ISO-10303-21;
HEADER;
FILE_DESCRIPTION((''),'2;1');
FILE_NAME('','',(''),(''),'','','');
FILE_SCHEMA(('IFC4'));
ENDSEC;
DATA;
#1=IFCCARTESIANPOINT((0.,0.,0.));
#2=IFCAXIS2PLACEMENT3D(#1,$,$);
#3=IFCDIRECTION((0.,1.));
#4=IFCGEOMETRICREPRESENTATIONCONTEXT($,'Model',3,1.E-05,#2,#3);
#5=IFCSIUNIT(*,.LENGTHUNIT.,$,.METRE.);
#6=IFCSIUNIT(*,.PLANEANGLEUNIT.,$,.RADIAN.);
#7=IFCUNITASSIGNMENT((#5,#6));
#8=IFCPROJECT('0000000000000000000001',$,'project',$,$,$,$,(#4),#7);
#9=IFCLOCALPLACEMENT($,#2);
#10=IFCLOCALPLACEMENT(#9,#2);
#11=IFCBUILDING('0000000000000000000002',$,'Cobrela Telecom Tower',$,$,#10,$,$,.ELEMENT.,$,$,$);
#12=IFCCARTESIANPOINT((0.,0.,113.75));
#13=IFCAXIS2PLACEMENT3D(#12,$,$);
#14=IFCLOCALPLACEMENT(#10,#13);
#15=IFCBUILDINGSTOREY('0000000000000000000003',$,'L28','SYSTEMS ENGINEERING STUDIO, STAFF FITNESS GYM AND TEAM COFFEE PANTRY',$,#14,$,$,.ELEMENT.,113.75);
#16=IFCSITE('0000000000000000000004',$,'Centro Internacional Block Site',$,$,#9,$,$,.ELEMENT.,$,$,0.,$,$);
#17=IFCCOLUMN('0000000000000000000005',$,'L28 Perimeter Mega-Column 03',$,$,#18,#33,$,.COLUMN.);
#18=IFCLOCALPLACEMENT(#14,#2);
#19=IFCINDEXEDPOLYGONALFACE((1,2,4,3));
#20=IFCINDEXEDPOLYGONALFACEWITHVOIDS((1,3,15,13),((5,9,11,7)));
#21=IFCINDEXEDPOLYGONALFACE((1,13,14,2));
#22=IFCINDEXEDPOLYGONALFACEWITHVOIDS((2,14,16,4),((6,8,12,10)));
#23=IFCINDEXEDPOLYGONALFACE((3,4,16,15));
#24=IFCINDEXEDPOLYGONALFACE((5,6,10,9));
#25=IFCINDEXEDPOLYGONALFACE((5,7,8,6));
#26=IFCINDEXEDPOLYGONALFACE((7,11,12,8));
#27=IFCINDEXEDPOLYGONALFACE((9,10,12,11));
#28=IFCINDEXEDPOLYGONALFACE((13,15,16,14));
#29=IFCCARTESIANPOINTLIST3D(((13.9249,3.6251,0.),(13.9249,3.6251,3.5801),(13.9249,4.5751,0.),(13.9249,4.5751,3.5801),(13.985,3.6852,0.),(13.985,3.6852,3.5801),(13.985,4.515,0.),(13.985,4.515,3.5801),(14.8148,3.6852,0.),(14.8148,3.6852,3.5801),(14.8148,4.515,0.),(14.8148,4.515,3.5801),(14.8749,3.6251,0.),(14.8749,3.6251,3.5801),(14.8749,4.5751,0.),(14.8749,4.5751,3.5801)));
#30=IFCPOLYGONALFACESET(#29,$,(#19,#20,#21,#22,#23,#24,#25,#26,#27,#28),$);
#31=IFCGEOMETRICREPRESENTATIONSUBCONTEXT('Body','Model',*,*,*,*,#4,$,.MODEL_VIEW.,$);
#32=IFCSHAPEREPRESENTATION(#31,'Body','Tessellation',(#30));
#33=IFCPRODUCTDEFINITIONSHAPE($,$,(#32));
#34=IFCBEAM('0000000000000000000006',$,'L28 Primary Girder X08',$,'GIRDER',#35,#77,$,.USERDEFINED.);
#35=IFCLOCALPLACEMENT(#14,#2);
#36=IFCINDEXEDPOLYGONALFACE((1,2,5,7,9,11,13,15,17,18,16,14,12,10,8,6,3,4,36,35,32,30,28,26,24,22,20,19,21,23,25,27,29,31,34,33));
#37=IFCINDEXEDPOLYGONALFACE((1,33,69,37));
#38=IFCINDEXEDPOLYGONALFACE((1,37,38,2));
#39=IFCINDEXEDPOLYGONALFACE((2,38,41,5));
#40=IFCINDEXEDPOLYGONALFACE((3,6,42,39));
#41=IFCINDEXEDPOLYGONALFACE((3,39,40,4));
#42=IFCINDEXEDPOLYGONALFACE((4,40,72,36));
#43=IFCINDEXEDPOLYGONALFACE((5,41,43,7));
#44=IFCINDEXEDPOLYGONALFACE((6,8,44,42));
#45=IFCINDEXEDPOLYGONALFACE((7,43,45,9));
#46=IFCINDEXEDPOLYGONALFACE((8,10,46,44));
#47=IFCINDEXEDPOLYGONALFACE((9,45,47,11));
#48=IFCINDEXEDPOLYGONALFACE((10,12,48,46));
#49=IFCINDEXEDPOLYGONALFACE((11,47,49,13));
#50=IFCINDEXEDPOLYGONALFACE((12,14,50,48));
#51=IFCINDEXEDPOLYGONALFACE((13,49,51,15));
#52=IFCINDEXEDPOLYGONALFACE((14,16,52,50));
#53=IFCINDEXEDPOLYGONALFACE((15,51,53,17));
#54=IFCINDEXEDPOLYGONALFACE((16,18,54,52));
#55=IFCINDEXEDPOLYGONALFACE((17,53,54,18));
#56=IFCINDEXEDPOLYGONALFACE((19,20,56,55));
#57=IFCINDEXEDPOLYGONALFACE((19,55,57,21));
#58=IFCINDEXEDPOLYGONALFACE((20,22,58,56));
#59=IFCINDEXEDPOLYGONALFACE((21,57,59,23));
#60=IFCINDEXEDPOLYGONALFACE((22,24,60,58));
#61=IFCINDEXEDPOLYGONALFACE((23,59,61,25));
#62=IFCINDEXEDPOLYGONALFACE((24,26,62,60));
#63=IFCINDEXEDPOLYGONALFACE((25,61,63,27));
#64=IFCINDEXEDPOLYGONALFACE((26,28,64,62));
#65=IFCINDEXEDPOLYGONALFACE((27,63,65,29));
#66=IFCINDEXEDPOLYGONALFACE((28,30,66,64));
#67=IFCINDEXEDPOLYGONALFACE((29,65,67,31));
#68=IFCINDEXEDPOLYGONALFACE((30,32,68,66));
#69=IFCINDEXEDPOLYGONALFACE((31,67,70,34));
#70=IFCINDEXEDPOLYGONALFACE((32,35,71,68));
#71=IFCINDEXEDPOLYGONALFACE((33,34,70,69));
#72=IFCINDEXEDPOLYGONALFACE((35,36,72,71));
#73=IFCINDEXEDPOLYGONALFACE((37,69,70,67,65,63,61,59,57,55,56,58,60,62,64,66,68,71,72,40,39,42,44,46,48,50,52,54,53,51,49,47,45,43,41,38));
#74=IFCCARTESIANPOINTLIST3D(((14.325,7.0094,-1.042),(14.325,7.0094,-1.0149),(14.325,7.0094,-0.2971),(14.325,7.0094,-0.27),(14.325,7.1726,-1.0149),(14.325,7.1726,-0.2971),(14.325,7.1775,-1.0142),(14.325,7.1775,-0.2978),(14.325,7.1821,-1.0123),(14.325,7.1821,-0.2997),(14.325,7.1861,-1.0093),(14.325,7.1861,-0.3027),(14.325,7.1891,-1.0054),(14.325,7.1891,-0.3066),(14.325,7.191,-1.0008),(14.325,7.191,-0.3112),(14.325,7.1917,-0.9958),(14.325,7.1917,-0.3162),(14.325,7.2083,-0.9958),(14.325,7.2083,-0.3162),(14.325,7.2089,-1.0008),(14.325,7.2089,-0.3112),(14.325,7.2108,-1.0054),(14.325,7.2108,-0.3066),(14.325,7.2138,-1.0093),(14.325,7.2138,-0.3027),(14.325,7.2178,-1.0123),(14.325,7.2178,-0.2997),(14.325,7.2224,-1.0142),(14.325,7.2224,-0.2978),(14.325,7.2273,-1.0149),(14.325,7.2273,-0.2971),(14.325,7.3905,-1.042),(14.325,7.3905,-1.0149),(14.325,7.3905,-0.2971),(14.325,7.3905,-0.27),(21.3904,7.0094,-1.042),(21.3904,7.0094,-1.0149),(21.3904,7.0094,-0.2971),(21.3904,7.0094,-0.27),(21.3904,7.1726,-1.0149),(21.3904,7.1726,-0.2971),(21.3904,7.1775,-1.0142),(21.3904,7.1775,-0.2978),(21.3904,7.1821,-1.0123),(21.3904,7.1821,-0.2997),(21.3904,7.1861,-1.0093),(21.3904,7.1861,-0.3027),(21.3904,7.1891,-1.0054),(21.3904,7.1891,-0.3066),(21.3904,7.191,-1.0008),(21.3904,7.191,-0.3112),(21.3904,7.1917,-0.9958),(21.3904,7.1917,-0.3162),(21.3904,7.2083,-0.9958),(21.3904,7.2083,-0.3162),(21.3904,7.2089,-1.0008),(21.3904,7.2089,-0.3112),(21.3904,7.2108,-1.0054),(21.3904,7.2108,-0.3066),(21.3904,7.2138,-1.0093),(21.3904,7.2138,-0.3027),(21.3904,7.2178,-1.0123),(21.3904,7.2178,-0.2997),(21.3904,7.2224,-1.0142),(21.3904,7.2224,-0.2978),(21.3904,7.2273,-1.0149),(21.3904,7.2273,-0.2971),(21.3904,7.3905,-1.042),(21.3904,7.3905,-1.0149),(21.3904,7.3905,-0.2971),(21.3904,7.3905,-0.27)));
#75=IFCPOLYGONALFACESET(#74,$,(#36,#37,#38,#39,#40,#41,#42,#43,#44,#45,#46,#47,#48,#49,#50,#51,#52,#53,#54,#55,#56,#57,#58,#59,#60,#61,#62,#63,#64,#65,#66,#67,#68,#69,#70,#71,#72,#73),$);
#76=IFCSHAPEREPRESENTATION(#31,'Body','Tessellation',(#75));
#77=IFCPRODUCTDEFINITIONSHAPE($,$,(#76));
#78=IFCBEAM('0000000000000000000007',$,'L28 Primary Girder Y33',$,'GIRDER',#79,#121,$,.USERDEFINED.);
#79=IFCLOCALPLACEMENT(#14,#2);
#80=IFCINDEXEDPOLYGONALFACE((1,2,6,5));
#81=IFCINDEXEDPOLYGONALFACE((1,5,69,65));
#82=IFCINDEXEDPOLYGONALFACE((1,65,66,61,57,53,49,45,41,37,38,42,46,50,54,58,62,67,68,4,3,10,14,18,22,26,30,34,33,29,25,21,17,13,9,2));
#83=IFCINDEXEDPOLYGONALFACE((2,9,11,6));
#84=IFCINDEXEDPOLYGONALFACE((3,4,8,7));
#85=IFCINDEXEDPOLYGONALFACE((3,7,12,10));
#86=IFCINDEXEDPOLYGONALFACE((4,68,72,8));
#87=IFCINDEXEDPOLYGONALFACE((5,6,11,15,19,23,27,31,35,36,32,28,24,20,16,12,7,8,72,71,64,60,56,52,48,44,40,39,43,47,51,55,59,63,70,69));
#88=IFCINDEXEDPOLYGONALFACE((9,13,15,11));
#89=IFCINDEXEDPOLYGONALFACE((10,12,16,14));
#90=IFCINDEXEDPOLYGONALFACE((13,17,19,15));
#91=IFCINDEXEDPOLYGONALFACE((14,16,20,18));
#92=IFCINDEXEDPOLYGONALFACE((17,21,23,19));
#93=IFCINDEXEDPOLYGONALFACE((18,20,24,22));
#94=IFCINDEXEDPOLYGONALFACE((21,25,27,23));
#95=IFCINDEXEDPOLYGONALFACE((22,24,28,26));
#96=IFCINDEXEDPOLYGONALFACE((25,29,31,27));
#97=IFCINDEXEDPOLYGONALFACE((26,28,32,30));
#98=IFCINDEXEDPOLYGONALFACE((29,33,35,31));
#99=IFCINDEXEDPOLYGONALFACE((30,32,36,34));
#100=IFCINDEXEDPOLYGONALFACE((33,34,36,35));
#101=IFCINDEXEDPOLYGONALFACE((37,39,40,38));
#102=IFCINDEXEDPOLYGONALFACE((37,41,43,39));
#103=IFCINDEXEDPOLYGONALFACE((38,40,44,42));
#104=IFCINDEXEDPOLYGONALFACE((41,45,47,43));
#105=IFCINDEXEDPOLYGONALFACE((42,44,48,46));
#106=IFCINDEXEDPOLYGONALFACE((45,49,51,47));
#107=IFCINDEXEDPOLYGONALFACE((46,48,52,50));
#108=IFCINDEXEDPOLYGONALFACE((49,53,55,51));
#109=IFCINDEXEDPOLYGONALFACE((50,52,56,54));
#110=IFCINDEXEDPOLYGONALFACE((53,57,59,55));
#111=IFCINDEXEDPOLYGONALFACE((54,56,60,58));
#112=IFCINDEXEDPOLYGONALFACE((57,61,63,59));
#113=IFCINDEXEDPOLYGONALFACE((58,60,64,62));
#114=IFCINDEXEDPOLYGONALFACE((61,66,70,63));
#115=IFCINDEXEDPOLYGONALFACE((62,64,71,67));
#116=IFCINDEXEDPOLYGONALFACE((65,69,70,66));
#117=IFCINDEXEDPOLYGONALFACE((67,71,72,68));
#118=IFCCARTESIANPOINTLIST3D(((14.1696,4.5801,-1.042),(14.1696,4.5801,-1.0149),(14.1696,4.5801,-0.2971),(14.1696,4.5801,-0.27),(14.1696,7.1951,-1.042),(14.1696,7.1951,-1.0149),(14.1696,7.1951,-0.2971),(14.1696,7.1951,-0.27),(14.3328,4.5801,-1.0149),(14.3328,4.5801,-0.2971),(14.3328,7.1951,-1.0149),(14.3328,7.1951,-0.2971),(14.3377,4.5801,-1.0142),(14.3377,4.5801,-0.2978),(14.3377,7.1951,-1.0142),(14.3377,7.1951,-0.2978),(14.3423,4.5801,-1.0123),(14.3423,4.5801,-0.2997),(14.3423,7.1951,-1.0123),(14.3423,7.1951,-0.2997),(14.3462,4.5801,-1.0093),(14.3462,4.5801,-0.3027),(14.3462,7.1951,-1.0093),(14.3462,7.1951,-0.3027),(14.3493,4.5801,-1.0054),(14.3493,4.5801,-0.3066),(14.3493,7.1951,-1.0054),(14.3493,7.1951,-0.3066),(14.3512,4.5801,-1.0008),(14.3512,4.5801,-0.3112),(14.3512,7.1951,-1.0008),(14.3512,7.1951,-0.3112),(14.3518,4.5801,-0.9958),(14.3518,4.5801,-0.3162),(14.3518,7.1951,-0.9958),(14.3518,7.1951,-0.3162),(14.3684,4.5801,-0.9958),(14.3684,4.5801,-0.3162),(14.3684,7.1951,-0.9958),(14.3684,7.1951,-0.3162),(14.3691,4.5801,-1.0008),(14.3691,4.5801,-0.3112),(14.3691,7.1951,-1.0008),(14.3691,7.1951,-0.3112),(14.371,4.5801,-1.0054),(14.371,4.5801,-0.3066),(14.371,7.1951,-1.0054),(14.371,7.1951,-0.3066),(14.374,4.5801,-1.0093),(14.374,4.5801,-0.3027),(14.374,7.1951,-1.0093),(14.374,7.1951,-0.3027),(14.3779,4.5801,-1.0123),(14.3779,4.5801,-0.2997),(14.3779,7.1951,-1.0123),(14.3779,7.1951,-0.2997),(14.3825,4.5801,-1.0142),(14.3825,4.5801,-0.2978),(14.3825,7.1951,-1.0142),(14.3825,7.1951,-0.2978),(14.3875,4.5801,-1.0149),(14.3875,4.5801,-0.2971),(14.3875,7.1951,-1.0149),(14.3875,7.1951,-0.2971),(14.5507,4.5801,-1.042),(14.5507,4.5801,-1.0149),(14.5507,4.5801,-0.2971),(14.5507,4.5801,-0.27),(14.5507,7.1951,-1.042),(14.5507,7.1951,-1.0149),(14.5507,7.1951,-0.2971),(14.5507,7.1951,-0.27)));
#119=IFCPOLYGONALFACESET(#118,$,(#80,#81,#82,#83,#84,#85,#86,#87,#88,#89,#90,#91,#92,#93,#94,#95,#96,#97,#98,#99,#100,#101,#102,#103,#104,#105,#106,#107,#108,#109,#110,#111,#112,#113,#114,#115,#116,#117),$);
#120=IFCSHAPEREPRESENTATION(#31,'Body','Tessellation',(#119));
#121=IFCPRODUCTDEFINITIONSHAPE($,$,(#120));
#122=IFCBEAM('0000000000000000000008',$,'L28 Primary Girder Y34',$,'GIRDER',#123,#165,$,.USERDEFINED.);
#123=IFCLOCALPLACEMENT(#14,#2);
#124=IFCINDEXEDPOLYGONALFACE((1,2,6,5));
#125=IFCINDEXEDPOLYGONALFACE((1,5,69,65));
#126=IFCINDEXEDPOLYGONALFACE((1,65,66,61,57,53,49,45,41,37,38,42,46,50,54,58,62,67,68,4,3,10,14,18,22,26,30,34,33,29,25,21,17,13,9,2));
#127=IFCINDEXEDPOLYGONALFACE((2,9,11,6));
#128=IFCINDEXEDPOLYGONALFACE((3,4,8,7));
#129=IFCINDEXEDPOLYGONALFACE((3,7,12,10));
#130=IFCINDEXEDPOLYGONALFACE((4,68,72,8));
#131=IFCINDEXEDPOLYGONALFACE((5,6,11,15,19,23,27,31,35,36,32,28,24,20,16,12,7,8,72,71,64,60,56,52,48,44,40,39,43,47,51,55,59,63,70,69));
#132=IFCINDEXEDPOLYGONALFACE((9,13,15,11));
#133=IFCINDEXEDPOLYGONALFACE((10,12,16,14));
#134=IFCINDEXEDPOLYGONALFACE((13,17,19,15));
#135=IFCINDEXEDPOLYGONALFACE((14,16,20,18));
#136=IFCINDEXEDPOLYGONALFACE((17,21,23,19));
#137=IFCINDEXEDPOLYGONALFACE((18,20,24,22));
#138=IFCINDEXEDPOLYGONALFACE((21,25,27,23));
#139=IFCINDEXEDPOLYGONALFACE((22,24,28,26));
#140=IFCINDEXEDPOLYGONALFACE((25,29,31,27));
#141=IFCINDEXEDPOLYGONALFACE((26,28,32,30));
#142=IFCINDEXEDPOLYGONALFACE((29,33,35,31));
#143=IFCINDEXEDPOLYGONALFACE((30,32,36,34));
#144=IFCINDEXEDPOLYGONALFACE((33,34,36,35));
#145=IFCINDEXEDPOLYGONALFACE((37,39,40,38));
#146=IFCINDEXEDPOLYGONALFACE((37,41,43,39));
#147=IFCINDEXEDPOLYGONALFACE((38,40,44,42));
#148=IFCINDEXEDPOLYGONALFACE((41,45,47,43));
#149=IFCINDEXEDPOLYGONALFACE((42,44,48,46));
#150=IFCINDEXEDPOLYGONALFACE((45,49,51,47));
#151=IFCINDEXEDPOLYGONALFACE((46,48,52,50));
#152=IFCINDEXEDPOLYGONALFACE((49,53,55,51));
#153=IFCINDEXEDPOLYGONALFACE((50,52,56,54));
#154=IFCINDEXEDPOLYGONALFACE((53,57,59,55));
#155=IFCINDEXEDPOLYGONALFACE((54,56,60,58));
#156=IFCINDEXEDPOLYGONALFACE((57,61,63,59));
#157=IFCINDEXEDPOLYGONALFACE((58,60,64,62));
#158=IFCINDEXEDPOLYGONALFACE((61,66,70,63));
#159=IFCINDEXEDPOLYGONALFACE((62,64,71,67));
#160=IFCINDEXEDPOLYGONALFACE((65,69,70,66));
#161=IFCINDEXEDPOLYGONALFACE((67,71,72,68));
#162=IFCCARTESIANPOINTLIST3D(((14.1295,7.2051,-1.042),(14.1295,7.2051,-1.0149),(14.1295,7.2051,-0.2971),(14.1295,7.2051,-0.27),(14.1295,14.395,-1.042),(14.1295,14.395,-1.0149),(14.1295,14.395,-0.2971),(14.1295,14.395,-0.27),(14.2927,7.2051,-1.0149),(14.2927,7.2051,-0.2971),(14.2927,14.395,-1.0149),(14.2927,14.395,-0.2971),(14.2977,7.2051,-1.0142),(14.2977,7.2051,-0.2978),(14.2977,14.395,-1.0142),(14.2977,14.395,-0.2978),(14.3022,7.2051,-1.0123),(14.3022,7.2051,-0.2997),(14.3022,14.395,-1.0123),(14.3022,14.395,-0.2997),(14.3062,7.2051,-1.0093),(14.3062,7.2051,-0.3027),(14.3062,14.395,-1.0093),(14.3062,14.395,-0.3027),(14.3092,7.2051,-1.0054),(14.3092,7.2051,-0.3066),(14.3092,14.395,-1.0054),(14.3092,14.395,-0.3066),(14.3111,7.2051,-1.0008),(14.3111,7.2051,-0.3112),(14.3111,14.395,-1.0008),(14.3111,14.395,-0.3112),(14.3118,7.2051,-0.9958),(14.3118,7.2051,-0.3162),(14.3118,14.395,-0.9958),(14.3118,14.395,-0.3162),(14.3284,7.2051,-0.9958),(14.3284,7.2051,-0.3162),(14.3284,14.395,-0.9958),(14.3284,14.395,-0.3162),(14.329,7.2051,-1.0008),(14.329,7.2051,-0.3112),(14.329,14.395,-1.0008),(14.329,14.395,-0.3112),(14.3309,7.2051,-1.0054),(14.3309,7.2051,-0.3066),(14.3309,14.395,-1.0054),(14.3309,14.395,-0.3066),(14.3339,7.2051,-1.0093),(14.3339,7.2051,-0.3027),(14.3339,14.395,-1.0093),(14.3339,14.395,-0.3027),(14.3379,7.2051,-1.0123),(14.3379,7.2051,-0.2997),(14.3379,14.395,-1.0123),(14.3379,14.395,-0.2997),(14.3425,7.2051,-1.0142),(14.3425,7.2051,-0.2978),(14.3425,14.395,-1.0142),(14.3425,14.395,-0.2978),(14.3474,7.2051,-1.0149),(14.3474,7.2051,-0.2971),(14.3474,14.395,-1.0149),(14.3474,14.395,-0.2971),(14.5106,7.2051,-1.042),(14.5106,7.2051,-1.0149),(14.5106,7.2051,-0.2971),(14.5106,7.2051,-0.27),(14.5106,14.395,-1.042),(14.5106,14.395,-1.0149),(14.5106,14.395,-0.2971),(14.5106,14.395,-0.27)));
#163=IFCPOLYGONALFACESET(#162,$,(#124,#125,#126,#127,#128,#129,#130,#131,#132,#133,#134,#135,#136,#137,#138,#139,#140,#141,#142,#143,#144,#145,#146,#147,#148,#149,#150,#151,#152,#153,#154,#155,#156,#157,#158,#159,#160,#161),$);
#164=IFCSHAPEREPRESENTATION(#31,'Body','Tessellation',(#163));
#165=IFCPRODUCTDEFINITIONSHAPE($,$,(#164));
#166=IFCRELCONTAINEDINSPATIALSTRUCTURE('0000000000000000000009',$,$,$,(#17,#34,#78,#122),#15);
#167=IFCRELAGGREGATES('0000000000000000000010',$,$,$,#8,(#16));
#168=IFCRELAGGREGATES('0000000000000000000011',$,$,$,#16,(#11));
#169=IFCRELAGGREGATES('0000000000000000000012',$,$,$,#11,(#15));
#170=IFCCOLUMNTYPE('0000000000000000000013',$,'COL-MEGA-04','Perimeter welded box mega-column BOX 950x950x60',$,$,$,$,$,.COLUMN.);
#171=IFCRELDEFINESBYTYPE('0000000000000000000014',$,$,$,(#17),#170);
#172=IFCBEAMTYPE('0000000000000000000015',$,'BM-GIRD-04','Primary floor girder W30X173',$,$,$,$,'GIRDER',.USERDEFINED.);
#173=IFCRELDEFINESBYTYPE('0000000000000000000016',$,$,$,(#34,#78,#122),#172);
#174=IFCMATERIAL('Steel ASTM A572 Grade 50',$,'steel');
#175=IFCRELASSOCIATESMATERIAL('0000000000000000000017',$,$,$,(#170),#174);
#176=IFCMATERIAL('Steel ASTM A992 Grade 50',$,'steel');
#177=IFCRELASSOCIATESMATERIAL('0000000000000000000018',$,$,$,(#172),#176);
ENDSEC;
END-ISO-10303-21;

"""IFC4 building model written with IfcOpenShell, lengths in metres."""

from ifc_helpers import new_model, si_unit, direction, frame, origin, origin_2d, place, context, subcontext, project, spatial, hollow_rectangle, i_section, extrude, material, material_profile, profile_set, type_object, element, save


model = new_model("IFC4")

# Units and contexts
model_context = context("Model", 3, precision=1e-05, world=origin(), true_north=direction((0.0, 1.0)))
body_context = subcontext(model_context, "Body", "Model", "MODEL_VIEW")
ifc_project = project(units=[si_unit("LENGTHUNIT", "METRE"), si_unit("PLANEANGLEUNIT", "RADIAN")], contexts=[model_context])

# Site, building, storey
site_placement = place(None, origin())
site = spatial("IfcSite", under=ifc_project, at=site_placement, Name="Centro Internacional Block Site", CompositionType="ELEMENT", RefElevation=0.0)
building_placement = place(site_placement, origin())
building = spatial("IfcBuilding", under=site, at=building_placement, Name="Cobrela Telecom Tower", CompositionType="ELEMENT")
storey_placement = place(building_placement, frame((0.0, 0.0, 113.75)))
storey = spatial("IfcBuildingStorey", under=building, at=storey_placement, Name="L28", Description="SYSTEMS ENGINEERING STUDIO, STAFF FITNESS GYM AND TEAM COFFEE PANTRY", CompositionType="ELEMENT", Elevation=113.75)

# Column
ifc_material_1 = material(Name="Steel ASTM A572 Grade 50", Category="steel")
ifc_material_profile_1 = material_profile(ifc_material_1, hollow_rectangle(XDim=0.95, YDim=0.95, WallThickness=0.0601, at=origin_2d()), Name="BOX 950x950x60")
ifc_profile_set_1 = profile_set([ifc_material_profile_1], Name="Steel ASTM A572 Grade 50")
column_type = type_object("IfcColumnType", Name="COL-MEGA-04", Description="Perimeter welded box mega-column BOX 950x950x60", PredefinedType="COLUMN", material=ifc_profile_set_1)
column_placement = place(storey_placement, frame((14.3999, 4.1001, 0.0), z_axis=(0.0, 0.0, 1.0), x_axis=(1.0, 0.0, 0.0)))
element("IfcColumn", 1, at=column_placement, inside=storey, type_object=column_type, Name="L28 Perimeter Mega-Column 03", PredefinedType="COLUMN", context=body_context, shape_type="SweptSolid", body=[
    extrude(hollow_rectangle(XDim=0.95, YDim=0.95, WallThickness=0.0601, at=origin_2d()), origin(), (0.0, 0.0, 1.0), 3.5801),
])

# Beams
ifc_material_2 = material(Name="Steel ASTM A992 Grade 50", Category="steel")
ifc_material_profile_2 = material_profile(ifc_material_2, i_section(OverallWidth=0.3811, OverallDepth=0.772, WebThickness=0.0166, FlangeThickness=0.0271, FilletRadius=0.019, at=origin_2d()), Name="W30X173")
ifc_profile_set_2 = profile_set([ifc_material_profile_2], Name="Steel ASTM A992 Grade 50")
beam_type_1 = type_object("IfcBeamType", Name="BM-GIRD-04", Description="Primary floor girder W30X173", ElementType="GIRDER", PredefinedType="USERDEFINED", material=ifc_profile_set_2)
beam_1_placement = place(storey_placement, frame((14.325, 7.2, -0.656), z_axis=(1.0, 0.0, 0.0), x_axis=(0.0, 1.0, 0.0)))
element("IfcBeam", 2, at=beam_1_placement, inside=storey, type_object=beam_type_1, Name="L28 Primary Girder X08", ObjectType="GIRDER", PredefinedType="USERDEFINED", context=body_context, shape_type="SweptSolid", body=[
    extrude(i_section(OverallWidth=0.3811, OverallDepth=0.772, WebThickness=0.0166, FlangeThickness=0.0271, FilletRadius=0.019, at=origin_2d()), origin(), (0.0, 0.0, 1.0), 7.0654),
])
beam_2_placement = place(storey_placement, frame((14.3601, 4.5801, -0.656), z_axis=(0.0, 1.0, 0.0), x_axis=(-1.0, 0.0, 0.0)))
element("IfcBeam", 3, at=beam_2_placement, inside=storey, type_object=beam_type_1, Name="L28 Primary Girder Y33", ObjectType="GIRDER", PredefinedType="USERDEFINED", context=body_context, shape_type="SweptSolid", body=[
    extrude(i_section(OverallWidth=0.3811, OverallDepth=0.772, WebThickness=0.0166, FlangeThickness=0.0271, FilletRadius=0.019, at=origin_2d()), origin(), (0.0, 0.0, 1.0), 2.615),
])
beam_3_placement = place(storey_placement, frame((14.3201, 7.2051, -0.656), z_axis=(0.0, 1.0, 0.0), x_axis=(-1.0, 0.0, 0.0)))
element("IfcBeam", 4, at=beam_3_placement, inside=storey, type_object=beam_type_1, Name="L28 Primary Girder Y34", ObjectType="GIRDER", PredefinedType="USERDEFINED", context=body_context, shape_type="SweptSolid", body=[
    extrude(i_section(OverallWidth=0.3811, OverallDepth=0.772, WebThickness=0.0166, FlangeThickness=0.0271, FilletRadius=0.019, at=origin_2d()), origin(), (0.0, 0.0, 1.0), 7.1899),
])

save(model, "model.ifc")
